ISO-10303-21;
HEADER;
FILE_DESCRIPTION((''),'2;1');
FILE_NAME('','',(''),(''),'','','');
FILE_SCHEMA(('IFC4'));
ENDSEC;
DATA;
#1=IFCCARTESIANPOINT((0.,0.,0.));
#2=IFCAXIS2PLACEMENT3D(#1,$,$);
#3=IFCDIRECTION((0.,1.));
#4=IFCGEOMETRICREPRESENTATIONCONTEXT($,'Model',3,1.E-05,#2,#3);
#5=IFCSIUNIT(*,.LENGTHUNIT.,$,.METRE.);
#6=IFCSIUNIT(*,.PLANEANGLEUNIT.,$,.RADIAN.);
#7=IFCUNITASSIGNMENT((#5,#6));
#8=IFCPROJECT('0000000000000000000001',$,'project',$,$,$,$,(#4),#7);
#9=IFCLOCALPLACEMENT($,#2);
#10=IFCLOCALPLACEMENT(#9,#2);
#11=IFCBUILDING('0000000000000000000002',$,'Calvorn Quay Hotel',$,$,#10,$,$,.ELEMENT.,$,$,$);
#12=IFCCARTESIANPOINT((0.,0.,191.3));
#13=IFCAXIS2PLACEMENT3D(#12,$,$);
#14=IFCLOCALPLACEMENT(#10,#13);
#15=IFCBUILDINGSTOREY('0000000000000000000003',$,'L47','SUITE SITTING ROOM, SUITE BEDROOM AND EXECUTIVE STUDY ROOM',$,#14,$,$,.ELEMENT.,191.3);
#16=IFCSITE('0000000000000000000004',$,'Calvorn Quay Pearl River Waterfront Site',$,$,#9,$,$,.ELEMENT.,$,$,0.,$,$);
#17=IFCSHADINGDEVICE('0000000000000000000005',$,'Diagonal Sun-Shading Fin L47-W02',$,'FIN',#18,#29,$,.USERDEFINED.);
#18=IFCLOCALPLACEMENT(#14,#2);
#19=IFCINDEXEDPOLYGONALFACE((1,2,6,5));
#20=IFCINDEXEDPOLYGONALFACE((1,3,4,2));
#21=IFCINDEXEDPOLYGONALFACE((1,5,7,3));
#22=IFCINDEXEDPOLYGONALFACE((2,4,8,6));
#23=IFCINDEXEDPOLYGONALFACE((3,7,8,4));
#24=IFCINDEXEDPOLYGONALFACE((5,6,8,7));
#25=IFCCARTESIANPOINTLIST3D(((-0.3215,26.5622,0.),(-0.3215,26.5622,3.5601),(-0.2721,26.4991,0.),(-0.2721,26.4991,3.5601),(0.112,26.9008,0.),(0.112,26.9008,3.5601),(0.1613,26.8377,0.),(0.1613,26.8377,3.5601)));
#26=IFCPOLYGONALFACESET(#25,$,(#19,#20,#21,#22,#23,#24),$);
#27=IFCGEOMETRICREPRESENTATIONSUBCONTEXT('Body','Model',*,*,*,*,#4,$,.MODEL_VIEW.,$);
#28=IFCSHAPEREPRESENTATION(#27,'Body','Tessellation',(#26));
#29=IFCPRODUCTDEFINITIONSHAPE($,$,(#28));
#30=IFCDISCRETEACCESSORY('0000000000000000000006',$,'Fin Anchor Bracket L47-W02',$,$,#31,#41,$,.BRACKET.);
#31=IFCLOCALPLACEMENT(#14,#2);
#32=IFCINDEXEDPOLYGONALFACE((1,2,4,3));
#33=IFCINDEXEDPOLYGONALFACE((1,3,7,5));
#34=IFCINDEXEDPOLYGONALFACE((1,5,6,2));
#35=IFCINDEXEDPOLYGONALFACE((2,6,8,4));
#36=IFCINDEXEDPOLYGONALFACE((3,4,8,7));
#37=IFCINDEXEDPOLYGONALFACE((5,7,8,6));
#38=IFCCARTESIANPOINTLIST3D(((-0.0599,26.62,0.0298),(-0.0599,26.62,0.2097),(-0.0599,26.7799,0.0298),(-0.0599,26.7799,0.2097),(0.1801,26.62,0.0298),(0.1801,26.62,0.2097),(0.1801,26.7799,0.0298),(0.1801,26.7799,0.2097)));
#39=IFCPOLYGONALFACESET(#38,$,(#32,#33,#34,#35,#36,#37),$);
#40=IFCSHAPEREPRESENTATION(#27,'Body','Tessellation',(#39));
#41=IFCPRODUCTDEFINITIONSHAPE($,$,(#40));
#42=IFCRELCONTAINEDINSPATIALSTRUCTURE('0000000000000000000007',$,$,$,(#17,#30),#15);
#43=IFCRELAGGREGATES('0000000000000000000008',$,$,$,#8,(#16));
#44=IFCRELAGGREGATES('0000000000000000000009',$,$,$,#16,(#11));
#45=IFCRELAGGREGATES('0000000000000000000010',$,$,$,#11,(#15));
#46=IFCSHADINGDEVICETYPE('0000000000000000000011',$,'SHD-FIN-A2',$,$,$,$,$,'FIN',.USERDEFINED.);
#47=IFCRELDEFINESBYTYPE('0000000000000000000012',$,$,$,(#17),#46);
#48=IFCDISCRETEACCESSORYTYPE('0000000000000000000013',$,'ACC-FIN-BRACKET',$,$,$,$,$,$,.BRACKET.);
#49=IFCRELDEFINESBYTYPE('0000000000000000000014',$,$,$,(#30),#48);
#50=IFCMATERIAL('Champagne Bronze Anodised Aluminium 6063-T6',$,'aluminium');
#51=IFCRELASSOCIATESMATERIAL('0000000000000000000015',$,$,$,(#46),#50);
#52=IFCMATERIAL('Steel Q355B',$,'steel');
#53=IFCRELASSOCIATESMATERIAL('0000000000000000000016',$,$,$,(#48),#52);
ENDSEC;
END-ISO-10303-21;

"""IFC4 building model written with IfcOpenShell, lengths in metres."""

from ifc_helpers import new_model, si_unit, direction, frame, origin, origin_2d, place, context, subcontext, project, spatial, rectangle, extrude, material, type_object, element, save


model = new_model("IFC4")

# Units and contexts
model_context = context("Model", 3, precision=1e-05, world=origin(), true_north=direction((0.0, 1.0)))
body_context = subcontext(model_context, "Body", "Model", "MODEL_VIEW")
ifc_project = project(units=[si_unit("LENGTHUNIT", "METRE"), si_unit("PLANEANGLEUNIT", "RADIAN")], contexts=[model_context])

# Site, building, storey
site_placement = place(None, origin())
site = spatial("IfcSite", under=ifc_project, at=site_placement, Name="Calvorn Quay Pearl River Waterfront Site", CompositionType="ELEMENT", RefElevation=0.0)
building_placement = place(site_placement, origin())
building = spatial("IfcBuilding", under=site, at=building_placement, Name="Calvorn Quay Hotel", CompositionType="ELEMENT")
storey_placement = place(building_placement, frame((0.0, 0.0, 191.3)))
storey = spatial("IfcBuildingStorey", under=building, at=storey_placement, Name="L47", Description="SUITE SITTING ROOM, SUITE BEDROOM AND EXECUTIVE STUDY ROOM", CompositionType="ELEMENT", Elevation=191.3)

# Shading device
ifc_material_1 = material(Name="Champagne Bronze Anodised Aluminium 6063-T6", Category="aluminium")
shading_device_type = type_object("IfcShadingDeviceType", Name="SHD-FIN-A2", ElementType="FIN", PredefinedType="USERDEFINED", material=ifc_material_1)
shading_device_placement = place(storey_placement, frame((-0.0801, 26.7, 0.0), z_axis=(0.0, 0.0, 1.0), x_axis=(0.788011, 0.615661, 0.0)))
element("IfcShadingDevice", 1, at=shading_device_placement, inside=storey, type_object=shading_device_type, Name="Diagonal Sun-Shading Fin L47-W02", ObjectType="FIN", PredefinedType="USERDEFINED", context=body_context, shape_type="SweptSolid", body=[
    extrude(rectangle(XDim=0.55, YDim=0.0801, at=origin_2d()), origin(), (0.0, 0.0, 1.0), 3.5601),
])

# Discrete accessory
ifc_material_2 = material(Name="Steel Q355B", Category="steel")
discrete_accessory_type = type_object("IfcDiscreteAccessoryType", Name="ACC-FIN-BRACKET", PredefinedType="BRACKET", material=ifc_material_2)
discrete_accessory_placement = place(storey_placement, frame((0.0601, 26.7, 0.0298), z_axis=(0.0, 0.0, 1.0), x_axis=(1.0, 0.0, 0.0)))
element("IfcDiscreteAccessory", 2, at=discrete_accessory_placement, inside=storey, type_object=discrete_accessory_type, Name="Fin Anchor Bracket L47-W02", PredefinedType="BRACKET", context=body_context, shape_type="SweptSolid", body=[
    extrude(rectangle(XDim=0.24, YDim=0.1599, at=origin_2d()), origin(), (0.0, 0.0, 1.0), 0.1799),
])

save(model, "model.ifc")
